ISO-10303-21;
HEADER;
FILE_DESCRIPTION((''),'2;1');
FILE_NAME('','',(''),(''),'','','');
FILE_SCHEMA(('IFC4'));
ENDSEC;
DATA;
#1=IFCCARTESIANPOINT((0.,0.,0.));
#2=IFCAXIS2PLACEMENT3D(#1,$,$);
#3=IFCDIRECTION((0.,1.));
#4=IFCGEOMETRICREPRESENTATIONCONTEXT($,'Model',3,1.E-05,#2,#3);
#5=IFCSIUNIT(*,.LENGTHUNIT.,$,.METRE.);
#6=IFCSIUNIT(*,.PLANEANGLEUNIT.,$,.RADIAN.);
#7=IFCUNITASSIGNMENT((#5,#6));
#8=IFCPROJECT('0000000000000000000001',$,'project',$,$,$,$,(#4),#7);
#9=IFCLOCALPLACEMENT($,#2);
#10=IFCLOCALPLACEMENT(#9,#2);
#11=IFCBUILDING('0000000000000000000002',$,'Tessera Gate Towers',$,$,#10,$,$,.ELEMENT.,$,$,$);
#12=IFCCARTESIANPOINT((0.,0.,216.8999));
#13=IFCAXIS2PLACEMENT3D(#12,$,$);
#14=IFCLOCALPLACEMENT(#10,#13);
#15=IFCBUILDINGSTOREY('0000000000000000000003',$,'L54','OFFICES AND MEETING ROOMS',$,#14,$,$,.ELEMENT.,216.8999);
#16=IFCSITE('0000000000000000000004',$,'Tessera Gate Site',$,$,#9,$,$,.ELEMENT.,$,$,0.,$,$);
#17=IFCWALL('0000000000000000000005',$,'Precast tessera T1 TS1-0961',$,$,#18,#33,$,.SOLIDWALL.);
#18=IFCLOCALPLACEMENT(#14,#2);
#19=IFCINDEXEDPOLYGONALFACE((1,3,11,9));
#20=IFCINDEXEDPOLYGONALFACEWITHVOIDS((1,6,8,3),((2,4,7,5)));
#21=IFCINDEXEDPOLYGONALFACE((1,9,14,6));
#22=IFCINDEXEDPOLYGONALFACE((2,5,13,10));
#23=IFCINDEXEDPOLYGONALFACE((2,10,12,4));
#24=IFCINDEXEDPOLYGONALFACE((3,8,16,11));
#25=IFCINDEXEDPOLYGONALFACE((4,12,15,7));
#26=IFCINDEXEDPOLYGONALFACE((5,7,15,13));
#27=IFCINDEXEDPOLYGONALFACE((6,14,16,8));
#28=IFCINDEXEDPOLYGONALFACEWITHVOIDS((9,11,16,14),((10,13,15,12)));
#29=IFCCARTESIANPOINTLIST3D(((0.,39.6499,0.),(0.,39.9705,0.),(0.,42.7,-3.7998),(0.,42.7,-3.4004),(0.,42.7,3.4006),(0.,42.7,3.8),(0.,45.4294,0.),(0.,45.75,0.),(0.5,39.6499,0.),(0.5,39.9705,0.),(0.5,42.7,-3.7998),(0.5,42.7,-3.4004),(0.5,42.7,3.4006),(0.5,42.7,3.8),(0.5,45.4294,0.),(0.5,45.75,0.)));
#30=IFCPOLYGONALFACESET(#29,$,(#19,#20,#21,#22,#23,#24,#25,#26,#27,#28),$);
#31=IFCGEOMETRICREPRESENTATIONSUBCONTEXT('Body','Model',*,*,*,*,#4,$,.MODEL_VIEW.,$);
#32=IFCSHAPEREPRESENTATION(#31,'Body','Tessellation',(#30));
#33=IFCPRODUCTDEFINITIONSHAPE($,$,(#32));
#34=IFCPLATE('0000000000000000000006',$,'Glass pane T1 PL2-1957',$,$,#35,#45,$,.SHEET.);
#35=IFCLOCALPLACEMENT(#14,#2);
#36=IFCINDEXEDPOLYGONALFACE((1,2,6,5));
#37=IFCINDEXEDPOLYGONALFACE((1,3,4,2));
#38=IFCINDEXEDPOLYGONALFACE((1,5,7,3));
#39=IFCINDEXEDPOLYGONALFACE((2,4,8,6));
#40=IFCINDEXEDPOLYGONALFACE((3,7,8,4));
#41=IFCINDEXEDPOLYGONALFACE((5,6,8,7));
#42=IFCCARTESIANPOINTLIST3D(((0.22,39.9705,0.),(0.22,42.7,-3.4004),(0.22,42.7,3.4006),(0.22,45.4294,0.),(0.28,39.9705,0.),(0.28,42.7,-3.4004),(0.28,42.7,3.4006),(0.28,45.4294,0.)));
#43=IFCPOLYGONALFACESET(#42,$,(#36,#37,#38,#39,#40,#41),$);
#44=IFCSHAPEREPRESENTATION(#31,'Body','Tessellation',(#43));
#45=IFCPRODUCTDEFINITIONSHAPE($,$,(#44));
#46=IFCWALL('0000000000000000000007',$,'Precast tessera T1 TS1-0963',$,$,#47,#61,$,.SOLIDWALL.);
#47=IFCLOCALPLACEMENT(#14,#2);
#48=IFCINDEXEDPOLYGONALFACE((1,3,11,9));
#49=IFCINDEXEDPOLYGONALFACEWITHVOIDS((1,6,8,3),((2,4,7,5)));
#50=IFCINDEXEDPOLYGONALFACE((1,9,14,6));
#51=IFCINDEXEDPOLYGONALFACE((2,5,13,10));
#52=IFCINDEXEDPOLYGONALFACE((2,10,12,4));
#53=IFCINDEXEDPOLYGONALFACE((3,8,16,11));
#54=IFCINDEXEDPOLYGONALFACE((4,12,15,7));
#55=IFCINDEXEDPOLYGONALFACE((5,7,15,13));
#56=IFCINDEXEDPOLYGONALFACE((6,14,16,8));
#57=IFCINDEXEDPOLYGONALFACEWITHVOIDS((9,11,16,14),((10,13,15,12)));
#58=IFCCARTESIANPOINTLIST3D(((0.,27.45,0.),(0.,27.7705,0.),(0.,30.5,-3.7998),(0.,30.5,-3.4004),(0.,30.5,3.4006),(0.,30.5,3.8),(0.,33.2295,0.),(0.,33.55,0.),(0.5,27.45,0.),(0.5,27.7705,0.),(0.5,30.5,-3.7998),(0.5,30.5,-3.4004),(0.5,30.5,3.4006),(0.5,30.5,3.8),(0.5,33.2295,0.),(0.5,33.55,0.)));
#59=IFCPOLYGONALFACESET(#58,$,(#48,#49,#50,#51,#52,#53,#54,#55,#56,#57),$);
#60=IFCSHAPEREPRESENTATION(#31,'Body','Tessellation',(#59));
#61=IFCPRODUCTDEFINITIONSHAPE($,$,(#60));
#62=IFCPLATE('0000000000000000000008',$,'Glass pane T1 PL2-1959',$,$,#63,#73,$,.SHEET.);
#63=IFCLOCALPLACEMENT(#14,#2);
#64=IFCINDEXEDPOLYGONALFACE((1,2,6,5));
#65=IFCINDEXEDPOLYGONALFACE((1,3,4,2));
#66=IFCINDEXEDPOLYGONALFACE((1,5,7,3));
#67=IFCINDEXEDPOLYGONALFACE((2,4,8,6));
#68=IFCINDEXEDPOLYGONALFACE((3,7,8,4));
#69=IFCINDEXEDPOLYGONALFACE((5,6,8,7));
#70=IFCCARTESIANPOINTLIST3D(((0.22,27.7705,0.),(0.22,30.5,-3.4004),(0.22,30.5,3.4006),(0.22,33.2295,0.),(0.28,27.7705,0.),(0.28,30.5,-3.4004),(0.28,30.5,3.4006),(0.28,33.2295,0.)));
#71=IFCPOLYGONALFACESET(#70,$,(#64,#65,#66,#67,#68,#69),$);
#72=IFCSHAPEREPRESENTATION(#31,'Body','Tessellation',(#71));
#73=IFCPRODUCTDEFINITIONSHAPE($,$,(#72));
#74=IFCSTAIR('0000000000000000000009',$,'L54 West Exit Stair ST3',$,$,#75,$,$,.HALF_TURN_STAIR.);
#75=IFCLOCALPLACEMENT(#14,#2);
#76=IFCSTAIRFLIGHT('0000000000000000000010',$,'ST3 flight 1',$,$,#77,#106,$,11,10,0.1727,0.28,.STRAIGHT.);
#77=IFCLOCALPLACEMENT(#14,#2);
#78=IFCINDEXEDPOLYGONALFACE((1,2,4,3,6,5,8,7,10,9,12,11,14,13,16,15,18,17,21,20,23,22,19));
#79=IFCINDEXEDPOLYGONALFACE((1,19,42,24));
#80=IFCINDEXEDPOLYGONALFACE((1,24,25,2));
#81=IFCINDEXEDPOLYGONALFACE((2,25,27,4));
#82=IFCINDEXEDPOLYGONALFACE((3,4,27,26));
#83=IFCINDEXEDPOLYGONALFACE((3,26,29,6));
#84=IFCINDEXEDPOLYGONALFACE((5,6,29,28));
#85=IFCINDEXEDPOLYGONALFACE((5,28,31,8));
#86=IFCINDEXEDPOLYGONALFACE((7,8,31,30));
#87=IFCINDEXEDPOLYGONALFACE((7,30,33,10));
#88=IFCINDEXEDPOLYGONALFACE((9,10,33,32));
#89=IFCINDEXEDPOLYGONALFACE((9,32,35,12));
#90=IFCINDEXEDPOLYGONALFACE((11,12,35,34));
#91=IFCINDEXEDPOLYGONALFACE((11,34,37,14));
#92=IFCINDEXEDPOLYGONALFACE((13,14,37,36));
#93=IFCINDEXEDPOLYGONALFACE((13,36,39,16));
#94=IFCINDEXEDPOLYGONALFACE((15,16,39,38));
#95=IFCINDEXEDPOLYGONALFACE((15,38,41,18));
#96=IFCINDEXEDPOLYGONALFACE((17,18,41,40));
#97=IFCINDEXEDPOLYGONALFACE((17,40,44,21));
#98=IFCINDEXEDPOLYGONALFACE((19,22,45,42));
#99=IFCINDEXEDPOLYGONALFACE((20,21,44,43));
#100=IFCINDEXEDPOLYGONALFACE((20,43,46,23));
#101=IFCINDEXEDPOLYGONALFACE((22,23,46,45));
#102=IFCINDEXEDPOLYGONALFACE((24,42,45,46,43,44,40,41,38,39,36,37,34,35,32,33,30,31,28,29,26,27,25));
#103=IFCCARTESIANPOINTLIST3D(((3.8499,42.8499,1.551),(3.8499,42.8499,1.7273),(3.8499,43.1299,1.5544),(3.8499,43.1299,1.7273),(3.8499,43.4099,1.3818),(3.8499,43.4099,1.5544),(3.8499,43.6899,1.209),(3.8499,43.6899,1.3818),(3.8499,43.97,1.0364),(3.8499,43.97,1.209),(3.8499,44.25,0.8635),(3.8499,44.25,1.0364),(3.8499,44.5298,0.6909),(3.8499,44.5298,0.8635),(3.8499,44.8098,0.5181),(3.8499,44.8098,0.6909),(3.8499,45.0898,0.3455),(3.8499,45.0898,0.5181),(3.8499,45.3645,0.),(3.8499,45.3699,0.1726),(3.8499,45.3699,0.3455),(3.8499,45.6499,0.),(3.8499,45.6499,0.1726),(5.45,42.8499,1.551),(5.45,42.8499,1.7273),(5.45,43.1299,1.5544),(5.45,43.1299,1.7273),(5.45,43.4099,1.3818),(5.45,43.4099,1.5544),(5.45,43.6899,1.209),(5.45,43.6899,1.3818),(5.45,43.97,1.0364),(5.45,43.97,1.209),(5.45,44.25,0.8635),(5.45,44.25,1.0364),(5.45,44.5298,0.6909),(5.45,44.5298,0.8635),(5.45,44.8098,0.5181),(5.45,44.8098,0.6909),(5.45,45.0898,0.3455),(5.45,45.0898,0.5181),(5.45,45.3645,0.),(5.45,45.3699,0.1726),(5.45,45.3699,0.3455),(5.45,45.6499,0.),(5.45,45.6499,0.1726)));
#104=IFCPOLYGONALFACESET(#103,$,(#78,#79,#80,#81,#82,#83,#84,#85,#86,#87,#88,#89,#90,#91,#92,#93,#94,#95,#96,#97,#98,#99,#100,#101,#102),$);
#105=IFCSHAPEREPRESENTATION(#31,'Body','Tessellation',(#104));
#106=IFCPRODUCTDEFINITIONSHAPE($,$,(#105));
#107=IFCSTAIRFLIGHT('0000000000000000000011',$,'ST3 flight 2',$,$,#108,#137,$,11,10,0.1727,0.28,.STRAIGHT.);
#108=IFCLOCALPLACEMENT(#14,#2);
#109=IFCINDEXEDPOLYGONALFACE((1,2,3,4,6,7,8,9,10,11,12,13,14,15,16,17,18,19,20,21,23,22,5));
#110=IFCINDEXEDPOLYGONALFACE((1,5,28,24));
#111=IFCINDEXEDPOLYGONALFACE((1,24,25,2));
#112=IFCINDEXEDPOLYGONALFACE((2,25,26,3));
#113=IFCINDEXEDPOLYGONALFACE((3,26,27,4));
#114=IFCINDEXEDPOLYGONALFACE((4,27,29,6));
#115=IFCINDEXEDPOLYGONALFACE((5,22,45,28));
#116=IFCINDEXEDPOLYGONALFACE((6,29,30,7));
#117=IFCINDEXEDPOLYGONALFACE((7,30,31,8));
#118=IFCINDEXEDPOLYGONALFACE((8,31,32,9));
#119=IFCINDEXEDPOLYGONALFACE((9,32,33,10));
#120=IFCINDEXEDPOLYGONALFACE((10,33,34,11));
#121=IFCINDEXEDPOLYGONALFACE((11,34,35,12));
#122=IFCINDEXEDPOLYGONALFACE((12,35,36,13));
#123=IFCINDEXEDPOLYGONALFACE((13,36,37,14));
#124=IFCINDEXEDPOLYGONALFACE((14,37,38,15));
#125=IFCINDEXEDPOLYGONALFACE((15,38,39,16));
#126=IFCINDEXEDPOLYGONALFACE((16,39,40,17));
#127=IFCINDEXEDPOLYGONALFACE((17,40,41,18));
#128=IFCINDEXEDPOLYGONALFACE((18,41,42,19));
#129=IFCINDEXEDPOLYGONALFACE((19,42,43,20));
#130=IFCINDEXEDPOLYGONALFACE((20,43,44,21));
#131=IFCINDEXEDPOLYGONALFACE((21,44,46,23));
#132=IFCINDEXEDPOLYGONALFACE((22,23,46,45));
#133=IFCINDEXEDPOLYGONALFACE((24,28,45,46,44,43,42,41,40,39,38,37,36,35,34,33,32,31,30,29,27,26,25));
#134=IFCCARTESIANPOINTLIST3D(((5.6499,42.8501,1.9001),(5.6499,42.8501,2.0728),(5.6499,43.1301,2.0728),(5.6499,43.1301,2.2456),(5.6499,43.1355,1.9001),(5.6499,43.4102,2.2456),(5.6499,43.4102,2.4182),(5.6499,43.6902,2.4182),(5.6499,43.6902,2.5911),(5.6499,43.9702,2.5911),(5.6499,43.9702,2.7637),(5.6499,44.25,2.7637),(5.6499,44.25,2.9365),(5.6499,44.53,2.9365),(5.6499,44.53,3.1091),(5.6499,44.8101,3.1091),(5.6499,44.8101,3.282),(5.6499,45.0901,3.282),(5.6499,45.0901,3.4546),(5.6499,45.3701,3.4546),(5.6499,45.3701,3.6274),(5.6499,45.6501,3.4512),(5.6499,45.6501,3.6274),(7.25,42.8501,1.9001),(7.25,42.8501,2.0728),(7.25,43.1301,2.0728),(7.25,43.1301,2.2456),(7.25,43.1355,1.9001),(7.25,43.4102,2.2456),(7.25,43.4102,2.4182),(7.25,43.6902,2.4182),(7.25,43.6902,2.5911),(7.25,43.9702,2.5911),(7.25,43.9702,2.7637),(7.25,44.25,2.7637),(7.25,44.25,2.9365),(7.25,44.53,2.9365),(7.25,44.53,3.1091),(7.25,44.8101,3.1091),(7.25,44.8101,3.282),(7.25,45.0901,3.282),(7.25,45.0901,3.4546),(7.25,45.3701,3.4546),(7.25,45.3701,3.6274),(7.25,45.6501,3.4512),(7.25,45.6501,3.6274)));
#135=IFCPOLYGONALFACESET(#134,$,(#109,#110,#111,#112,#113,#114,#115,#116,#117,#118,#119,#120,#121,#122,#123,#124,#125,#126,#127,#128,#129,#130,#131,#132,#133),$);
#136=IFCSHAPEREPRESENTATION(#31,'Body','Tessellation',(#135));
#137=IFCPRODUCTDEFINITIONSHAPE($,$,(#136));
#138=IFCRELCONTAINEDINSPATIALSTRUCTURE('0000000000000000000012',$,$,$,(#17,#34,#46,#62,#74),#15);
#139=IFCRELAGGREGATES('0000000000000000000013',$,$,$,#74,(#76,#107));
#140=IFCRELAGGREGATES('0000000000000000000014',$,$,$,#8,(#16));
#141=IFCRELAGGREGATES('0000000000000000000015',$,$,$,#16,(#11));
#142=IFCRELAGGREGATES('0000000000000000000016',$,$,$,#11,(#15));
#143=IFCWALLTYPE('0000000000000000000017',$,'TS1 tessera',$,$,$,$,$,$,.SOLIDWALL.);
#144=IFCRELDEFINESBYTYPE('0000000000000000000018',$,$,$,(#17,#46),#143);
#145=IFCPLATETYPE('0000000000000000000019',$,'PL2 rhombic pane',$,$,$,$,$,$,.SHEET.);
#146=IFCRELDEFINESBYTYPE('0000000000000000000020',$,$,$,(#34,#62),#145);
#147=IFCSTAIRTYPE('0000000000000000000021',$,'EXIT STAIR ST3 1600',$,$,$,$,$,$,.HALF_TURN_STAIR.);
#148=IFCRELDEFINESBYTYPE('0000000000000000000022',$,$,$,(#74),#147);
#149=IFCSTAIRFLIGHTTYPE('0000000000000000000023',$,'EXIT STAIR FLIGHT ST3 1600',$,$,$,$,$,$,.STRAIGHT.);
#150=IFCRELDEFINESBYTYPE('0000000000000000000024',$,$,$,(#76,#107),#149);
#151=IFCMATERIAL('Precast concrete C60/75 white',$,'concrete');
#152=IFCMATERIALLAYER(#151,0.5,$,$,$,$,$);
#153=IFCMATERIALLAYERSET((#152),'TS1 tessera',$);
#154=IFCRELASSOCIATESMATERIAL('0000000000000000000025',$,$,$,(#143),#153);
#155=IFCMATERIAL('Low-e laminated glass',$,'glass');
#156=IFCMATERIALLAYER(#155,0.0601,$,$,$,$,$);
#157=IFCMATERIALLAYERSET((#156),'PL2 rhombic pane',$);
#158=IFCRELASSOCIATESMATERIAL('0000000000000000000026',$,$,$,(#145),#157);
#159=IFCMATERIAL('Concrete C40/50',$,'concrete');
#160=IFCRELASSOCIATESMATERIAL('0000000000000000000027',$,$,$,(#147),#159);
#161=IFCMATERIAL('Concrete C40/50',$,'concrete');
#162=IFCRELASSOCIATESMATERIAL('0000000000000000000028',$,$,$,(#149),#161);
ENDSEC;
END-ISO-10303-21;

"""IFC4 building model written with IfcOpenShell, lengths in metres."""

from ifc_helpers import new_model, si_unit, direction, frame, origin, place, context, subcontext, project, spatial, polyline, outline, extrude, source, transform, mapped, material, layer, layer_set, type_object, element, fill, aggregate, save


model = new_model("IFC4")

# Units and contexts
model_context = context("Model", 3, precision=1e-05, world=origin(), true_north=direction((0.0, 1.0)))
body_context = subcontext(model_context, "Body", "Model", "MODEL_VIEW")
ifc_project = project(units=[si_unit("LENGTHUNIT", "METRE"), si_unit("PLANEANGLEUNIT", "RADIAN")], contexts=[model_context])

# Site, building, storey
site_placement = place(None, origin())
site = spatial("IfcSite", under=ifc_project, at=site_placement, Name="Tessera Gate Site", CompositionType="ELEMENT", RefElevation=0.0)
building_placement = place(site_placement, origin())
building = spatial("IfcBuilding", under=site, at=building_placement, Name="Tessera Gate Towers", CompositionType="ELEMENT")
storey_placement = place(building_placement, frame((0.0, 0.0, 216.8999)))
storey = spatial("IfcBuildingStorey", under=building, at=storey_placement, Name="L54", Description="OFFICES AND MEETING ROOMS", CompositionType="ELEMENT", Elevation=216.8999)

# Walls, openings, plates
ifc_material_1 = material(Name="Precast concrete C60/75 white", Category="concrete")
ifc_layer_1 = layer(ifc_material_1, 0.5)
ifc_layer_set_1 = layer_set([ifc_layer_1], Name="TS1 tessera")
wall_type_1 = type_object("IfcWallType", Name="TS1 tessera", PredefinedType="SOLIDWALL", material=ifc_layer_set_1)
shared_shape_1 = source(origin(), body_context, "Body", "SweptSolid", [
    extrude(outline(polyline([(3.05, 0.0), (6.1001, 3.7998), (3.05, 7.5999), (0.0, 3.7998), (3.05, 0.0)])), frame((0.0, 0.25, 0.0), z_axis=(0.0, -1.0, 0.0), x_axis=(1.0, 0.0, 0.0)), (0.0, 0.0, 1.0), 0.5),
])
wall_1_placement = place(storey_placement, frame((0.25, 45.75, -3.7998), z_axis=(0.0, 0.0, 1.0), x_axis=(0.0, -1.0, 0.0)))
wall_1 = element("IfcWall", 1, at=wall_1_placement, inside=storey, type_object=wall_type_1, Name="Precast tessera T1 TS1-0961", PredefinedType="SOLIDWALL", context=body_context, shape_type="MappedRepresentation", body=[
    mapped(shared_shape_1, transform((0.0, 0.0, 0.0), scale=1.0)),
])
shared_shape_2 = source(origin(), body_context, "Body", "SweptSolid", [
    extrude(outline(polyline([(3.05, 0.3994), (5.7795, 3.7998), (3.05, 7.2004), (0.3206, 3.7998), (3.05, 0.3994)])), frame((0.0, 0.26, 0.0), z_axis=(0.0, -1.0, 0.0), x_axis=(1.0, 0.0, 0.0)), (0.0, 0.0, 1.0), 0.52),
])
opening_1_placement = place(wall_1_placement, origin())
opening_1 = element("IfcOpeningElement", 2, at=opening_1_placement, cuts=wall_1, PredefinedType="OPENING", context=body_context, shape_type="MappedRepresentation", body=[
    mapped(shared_shape_2, transform((0.0, 0.0, 0.0), scale=1.0)),
])
ifc_material_2 = material(Name="Low-e laminated glass", Category="glass")
ifc_layer_2 = layer(ifc_material_2, 0.0601)
ifc_layer_set_2 = layer_set([ifc_layer_2], Name="PL2 rhombic pane")
plate_type = type_object("IfcPlateType", Name="PL2 rhombic pane", PredefinedType="SHEET", material=ifc_layer_set_2)
shared_shape_3 = source(origin(), body_context, "Body", "SweptSolid", [
    extrude(outline(polyline([(3.05, 0.3994), (5.7795, 3.7998), (3.05, 7.2004), (0.3206, 3.7998), (3.05, 0.3994)])), frame((0.0, 0.03, 0.0), z_axis=(0.0, -1.0, 0.0), x_axis=(1.0, 0.0, 0.0)), (0.0, 0.0, 1.0), 0.0601),
])
plate_1_placement = place(opening_1_placement, origin())
plate_1 = element("IfcPlate", 3, at=plate_1_placement, inside=storey, type_object=plate_type, Name="Glass pane T1 PL2-1957", PredefinedType="SHEET", context=body_context, shape_type="MappedRepresentation", body=[
    mapped(shared_shape_3, transform((0.0, 0.0, 0.0), scale=1.0)),
])
fill(opening_1, plate_1)
wall_2_placement = place(storey_placement, frame((0.25, 33.55, -3.7998), z_axis=(0.0, 0.0, 1.0), x_axis=(0.0, -1.0, 0.0)))
wall_2 = element("IfcWall", 4, at=wall_2_placement, inside=storey, type_object=wall_type_1, Name="Precast tessera T1 TS1-0963", PredefinedType="SOLIDWALL", context=body_context, shape_type="MappedRepresentation", body=[
    mapped(shared_shape_1, transform((0.0, 0.0, 0.0), scale=1.0)),
])
opening_2_placement = place(wall_2_placement, origin())
opening_2 = element("IfcOpeningElement", 5, at=opening_2_placement, cuts=wall_2, PredefinedType="OPENING", context=body_context, shape_type="MappedRepresentation", body=[
    mapped(shared_shape_2, transform((0.0, 0.0, 0.0), scale=1.0)),
])
plate_2_placement = place(opening_2_placement, origin())
plate_2 = element("IfcPlate", 6, at=plate_2_placement, inside=storey, type_object=plate_type, Name="Glass pane T1 PL2-1959", PredefinedType="SHEET", context=body_context, shape_type="MappedRepresentation", body=[
    mapped(shared_shape_3, transform((0.0, 0.0, 0.0), scale=1.0)),
])
fill(opening_2, plate_2)

# Stair, stair flights
ifc_material_3 = material(Name="Concrete C40/50", Category="concrete")
stair_type = type_object("IfcStairType", Name="EXIT STAIR ST3 1600", PredefinedType="HALF_TURN_STAIR", material=ifc_material_3)
stair_placement = place(storey_placement, origin())
stair = element("IfcStair", 7, at=stair_placement, inside=storey, type_object=stair_type, Name="L54 West Exit Stair ST3", PredefinedType="HALF_TURN_STAIR")
ifc_material_4 = material(Name="Concrete C40/50", Category="concrete")
stair_flight_type = type_object("IfcStairFlightType", Name="EXIT STAIR FLIGHT ST3 1600", PredefinedType="STRAIGHT", material=ifc_material_4)
stair_flight_1_placement = place(storey_placement, frame((4.6499, 45.6499, 0.0), z_axis=(0.0, 0.0, 1.0), x_axis=(0.0, -1.0, 0.0)))
stair_flight_1 = element("IfcStairFlight", 8, at=stair_flight_1_placement, type_object=stair_flight_type, Name="ST3 flight 1", NumberOfRisers=11, NumberOfTreads=10, PredefinedType="STRAIGHT", RiserHeight=0.1727, TreadLength=0.28, context=body_context, shape_type="SweptSolid", body=[
    extrude(outline(polyline([(0.0, 0.0), (0.0, 0.1726), (0.28, 0.1726), (0.28, 0.3455), (0.5601, 0.3455), (0.5601, 0.5181), (0.8401, 0.5181), (0.8401, 0.6909), (1.1201, 0.6909), (1.1201, 0.8635), (1.3999, 0.8635), (1.3999, 1.0364), (1.6799, 1.0364), (1.6799, 1.209), (1.96, 1.209), (1.96, 1.3818), (2.24, 1.3818), (2.24, 1.5544), (2.52, 1.5544), (2.52, 1.7273), (2.8, 1.7273), (2.8, 1.8999), (2.8, 1.551), (0.2854, 0.0), (0.0, 0.0)])), frame((0.0, 0.8, 0.0), z_axis=(0.0, -1.0, 0.0), x_axis=(1.0, 0.0, 0.0)), (0.0, 0.0, 1.0), 1.6001),
])
stair_flight_2_placement = place(storey_placement, frame((6.45, 42.8501, 1.9001), z_axis=(0.0, 0.0, 1.0), x_axis=(0.0, 1.0, 0.0)))
stair_flight_2 = element("IfcStairFlight", 9, at=stair_flight_2_placement, type_object=stair_flight_type, Name="ST3 flight 2", NumberOfRisers=11, NumberOfTreads=10, PredefinedType="STRAIGHT", RiserHeight=0.1727, TreadLength=0.28, context=body_context, shape_type="SweptSolid", body=[
    extrude(outline(polyline([(0.0, 0.0), (0.0, 0.1726), (0.28, 0.1726), (0.28, 0.3455), (0.5601, 0.3455), (0.5601, 0.5181), (0.8401, 0.5181), (0.8401, 0.6909), (1.1201, 0.6909), (1.1201, 0.8635), (1.3999, 0.8635), (1.3999, 1.0364), (1.6799, 1.0364), (1.6799, 1.209), (1.96, 1.209), (1.96, 1.3818), (2.24, 1.3818), (2.24, 1.5544), (2.52, 1.5544), (2.52, 1.7273), (2.8, 1.7273), (2.8, 1.8999), (2.8, 1.551), (0.2854, 0.0), (0.0, 0.0)])), frame((0.0, 0.8, 0.0), z_axis=(0.0, -1.0, 0.0), x_axis=(1.0, 0.0, 0.0)), (0.0, 0.0, 1.0), 1.6001),
])
aggregate(stair, [stair_flight_1, stair_flight_2])

save(model, "model.ifc")
